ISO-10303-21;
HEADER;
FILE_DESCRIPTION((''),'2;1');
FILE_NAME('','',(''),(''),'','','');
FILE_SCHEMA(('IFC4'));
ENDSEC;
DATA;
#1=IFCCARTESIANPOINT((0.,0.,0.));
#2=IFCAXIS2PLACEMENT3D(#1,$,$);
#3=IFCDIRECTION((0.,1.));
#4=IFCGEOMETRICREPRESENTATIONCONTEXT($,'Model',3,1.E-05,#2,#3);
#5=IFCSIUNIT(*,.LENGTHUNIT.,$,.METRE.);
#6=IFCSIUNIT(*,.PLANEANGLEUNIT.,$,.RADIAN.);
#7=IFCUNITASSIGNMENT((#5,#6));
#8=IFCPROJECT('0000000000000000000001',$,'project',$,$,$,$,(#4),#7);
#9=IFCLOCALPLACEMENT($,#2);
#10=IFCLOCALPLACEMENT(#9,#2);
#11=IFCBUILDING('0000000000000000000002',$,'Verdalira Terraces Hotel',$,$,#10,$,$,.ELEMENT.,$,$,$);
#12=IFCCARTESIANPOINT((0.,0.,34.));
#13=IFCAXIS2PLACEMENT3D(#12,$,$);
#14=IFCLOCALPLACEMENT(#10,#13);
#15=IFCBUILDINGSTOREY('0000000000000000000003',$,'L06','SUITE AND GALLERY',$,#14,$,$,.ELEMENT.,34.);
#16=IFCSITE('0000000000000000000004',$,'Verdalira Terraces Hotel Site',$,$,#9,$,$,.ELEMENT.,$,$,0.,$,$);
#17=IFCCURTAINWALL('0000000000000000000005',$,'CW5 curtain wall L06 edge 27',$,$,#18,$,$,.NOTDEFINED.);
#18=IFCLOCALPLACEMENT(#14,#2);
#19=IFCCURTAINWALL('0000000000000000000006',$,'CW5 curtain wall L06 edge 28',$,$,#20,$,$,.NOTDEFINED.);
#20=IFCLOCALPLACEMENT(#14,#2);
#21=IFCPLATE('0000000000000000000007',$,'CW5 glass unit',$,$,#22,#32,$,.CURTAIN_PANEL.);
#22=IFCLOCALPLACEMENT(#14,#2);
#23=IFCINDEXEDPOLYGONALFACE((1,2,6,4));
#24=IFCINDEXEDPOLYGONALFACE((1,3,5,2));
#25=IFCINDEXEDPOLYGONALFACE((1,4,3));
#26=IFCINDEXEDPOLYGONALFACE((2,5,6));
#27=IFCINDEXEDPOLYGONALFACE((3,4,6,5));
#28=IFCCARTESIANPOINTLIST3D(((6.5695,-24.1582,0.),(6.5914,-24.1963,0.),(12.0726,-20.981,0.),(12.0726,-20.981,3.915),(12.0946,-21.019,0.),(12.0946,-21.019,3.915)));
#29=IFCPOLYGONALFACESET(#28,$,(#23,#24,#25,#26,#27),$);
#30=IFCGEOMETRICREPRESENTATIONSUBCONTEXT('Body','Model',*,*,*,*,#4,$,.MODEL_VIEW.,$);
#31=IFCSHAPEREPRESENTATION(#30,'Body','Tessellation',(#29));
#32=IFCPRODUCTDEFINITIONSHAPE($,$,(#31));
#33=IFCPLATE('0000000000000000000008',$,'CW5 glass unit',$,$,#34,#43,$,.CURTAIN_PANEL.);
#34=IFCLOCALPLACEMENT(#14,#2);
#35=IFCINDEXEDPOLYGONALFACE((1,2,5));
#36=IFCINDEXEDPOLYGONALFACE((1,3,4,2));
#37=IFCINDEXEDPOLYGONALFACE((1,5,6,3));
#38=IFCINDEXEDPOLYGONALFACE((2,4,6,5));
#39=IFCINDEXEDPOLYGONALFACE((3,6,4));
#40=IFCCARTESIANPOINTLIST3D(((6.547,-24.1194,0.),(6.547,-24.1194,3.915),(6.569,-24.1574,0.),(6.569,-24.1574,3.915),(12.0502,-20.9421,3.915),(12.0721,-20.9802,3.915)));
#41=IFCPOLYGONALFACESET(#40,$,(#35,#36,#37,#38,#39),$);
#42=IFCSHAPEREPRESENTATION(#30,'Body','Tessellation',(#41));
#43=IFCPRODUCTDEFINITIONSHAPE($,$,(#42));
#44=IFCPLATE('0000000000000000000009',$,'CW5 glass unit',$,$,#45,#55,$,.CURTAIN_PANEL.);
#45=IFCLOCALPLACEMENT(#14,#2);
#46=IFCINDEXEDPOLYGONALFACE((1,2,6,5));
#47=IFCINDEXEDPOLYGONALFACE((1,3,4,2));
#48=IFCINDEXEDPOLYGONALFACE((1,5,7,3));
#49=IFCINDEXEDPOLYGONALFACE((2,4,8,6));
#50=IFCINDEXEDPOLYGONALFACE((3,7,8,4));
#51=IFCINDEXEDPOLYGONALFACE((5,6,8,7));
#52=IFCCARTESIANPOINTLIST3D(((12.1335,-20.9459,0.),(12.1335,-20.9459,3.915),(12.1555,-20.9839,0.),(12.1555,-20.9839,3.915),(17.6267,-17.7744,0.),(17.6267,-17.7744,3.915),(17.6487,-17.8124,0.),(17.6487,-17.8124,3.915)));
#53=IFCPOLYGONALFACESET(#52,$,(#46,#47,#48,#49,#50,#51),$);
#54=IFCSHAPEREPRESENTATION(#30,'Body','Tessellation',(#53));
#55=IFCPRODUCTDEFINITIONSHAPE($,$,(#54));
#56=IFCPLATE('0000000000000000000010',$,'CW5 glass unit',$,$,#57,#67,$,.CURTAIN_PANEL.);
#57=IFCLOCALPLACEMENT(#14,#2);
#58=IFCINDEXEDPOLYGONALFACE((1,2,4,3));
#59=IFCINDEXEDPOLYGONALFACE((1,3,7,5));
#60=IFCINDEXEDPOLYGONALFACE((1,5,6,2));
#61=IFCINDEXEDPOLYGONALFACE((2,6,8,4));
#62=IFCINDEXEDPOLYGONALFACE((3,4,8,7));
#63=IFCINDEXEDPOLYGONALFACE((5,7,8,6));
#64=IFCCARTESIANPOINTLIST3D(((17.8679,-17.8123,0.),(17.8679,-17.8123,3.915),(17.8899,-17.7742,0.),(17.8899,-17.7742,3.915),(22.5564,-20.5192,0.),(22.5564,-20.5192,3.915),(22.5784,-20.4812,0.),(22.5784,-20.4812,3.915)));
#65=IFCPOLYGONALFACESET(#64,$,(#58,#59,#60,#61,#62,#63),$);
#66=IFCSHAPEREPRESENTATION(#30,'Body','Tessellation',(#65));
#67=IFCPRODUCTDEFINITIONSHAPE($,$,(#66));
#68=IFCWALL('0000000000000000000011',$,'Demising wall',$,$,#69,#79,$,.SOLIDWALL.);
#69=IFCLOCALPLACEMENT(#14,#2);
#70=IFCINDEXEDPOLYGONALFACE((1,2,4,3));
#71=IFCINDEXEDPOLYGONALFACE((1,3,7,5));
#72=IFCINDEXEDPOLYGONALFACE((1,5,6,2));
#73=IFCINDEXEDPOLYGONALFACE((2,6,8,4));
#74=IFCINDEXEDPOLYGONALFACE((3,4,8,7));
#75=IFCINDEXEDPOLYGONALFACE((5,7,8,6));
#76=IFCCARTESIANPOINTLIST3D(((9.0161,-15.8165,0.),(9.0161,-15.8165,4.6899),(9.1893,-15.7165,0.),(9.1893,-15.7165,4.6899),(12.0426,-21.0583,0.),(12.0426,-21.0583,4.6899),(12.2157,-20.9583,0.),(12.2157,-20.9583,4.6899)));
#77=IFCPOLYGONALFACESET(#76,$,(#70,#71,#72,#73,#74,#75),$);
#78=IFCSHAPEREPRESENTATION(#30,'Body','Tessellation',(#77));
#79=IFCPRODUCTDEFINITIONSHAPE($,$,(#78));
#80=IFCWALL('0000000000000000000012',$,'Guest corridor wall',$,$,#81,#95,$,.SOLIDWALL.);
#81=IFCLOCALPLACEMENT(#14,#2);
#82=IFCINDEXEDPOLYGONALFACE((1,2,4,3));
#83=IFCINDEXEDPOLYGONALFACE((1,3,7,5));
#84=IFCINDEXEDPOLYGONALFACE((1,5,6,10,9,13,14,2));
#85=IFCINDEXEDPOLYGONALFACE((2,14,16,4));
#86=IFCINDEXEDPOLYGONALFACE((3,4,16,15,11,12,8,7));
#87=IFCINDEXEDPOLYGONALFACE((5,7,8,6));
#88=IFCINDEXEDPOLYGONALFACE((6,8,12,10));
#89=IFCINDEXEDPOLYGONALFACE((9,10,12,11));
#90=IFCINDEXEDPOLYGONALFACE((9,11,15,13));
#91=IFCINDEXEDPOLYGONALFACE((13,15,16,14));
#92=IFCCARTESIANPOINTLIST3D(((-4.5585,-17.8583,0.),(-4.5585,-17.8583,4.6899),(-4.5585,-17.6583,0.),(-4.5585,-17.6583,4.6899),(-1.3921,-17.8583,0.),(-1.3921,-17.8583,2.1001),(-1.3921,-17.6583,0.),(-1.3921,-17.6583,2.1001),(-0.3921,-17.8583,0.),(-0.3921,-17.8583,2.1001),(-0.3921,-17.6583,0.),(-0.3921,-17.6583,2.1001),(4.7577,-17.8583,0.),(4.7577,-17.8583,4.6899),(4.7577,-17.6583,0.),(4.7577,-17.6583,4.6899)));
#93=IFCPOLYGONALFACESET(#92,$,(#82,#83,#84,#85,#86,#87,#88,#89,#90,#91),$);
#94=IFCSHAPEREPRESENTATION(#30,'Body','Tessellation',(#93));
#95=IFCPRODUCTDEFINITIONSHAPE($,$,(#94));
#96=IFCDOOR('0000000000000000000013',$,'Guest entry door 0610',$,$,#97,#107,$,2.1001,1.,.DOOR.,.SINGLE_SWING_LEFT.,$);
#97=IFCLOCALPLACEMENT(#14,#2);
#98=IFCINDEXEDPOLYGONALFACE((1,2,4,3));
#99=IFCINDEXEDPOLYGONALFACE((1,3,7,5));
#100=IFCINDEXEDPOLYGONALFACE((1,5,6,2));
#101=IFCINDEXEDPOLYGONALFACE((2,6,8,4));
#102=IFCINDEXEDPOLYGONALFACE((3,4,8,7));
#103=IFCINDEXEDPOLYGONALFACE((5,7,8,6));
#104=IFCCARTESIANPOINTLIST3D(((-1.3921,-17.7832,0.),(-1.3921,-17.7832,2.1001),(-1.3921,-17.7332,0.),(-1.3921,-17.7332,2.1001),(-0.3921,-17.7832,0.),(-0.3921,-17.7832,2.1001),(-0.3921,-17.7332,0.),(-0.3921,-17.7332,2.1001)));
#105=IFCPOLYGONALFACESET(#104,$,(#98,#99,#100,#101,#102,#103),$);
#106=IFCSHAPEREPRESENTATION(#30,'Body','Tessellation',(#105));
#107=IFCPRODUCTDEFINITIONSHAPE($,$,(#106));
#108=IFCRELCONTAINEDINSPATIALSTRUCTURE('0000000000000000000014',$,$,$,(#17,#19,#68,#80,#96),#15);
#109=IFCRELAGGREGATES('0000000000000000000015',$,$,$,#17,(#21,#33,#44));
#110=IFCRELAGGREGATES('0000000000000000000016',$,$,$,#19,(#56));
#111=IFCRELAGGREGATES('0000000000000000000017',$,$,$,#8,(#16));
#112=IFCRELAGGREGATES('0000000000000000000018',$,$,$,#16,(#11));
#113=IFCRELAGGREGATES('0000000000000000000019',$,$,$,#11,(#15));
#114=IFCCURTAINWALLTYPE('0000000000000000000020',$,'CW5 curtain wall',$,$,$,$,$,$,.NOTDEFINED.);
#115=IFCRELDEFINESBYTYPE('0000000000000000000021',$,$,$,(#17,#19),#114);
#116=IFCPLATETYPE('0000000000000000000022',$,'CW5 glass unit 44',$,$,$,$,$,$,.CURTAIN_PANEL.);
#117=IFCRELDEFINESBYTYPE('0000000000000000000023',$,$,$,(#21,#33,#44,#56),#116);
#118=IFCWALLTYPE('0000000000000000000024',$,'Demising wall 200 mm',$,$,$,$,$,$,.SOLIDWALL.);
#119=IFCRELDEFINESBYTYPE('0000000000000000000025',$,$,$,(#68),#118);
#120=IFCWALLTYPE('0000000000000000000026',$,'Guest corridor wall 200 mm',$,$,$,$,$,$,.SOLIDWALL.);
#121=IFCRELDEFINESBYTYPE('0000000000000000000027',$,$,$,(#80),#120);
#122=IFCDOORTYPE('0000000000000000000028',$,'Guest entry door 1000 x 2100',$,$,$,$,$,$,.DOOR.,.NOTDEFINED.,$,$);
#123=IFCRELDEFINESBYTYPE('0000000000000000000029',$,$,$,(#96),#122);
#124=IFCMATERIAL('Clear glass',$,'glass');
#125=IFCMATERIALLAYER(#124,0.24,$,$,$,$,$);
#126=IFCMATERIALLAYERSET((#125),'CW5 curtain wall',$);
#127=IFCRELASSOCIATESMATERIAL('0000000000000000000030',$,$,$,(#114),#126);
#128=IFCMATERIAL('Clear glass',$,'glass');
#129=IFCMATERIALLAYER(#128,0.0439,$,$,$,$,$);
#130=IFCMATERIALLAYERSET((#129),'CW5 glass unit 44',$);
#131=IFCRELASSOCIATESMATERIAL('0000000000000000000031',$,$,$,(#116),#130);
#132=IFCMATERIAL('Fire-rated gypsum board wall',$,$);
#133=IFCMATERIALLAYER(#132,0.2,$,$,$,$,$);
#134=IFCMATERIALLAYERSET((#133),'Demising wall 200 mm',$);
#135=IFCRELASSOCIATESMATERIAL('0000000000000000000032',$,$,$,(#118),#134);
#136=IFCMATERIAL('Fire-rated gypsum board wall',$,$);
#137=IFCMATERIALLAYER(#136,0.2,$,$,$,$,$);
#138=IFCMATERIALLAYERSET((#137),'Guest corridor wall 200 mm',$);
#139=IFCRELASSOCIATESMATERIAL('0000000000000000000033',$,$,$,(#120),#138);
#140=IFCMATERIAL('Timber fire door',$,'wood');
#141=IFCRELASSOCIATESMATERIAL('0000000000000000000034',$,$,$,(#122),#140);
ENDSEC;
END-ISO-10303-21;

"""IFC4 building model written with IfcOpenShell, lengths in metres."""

from ifc_helpers import new_model, si_unit, direction, frame, frame_2d, origin, origin_2d, place, context, subcontext, project, spatial, polyline, rectangle, outline, extrude, material, layer, layer_set, type_object, element, fill, aggregate, save


model = new_model("IFC4")

# Units and contexts
model_context = context("Model", 3, precision=1e-05, world=origin(), true_north=direction((0.0, 1.0)))
body_context = subcontext(model_context, "Body", "Model", "MODEL_VIEW")
ifc_project = project(units=[si_unit("LENGTHUNIT", "METRE"), si_unit("PLANEANGLEUNIT", "RADIAN")], contexts=[model_context])

# Site, building, storey
site_placement = place(None, origin())
site = spatial("IfcSite", under=ifc_project, at=site_placement, Name="Verdalira Terraces Hotel Site", CompositionType="ELEMENT", RefElevation=0.0)
building_placement = place(site_placement, origin())
building = spatial("IfcBuilding", under=site, at=building_placement, Name="Verdalira Terraces Hotel", CompositionType="ELEMENT")
storey_placement = place(building_placement, frame((0.0, 0.0, 34.0)))
storey = spatial("IfcBuildingStorey", under=building, at=storey_placement, Name="L06", Description="SUITE AND GALLERY", CompositionType="ELEMENT", Elevation=34.0)

# Shared definitions
ifc_material_1 = material(Name="Clear glass", Category="glass")
ifc_layer_1 = layer(ifc_material_1, 0.24)
ifc_layer_set_1 = layer_set([ifc_layer_1], Name="CW5 curtain wall")
curtain_wall_type = type_object("IfcCurtainWallType", Name="CW5 curtain wall", PredefinedType="NOTDEFINED", material=ifc_layer_set_1)

# Curtain walls
curtain_wall_1_placement = place(storey_placement, origin())
curtain_wall_1 = element("IfcCurtainWall", 1, at=curtain_wall_1_placement, inside=storey, type_object=curtain_wall_type, Name="CW5 curtain wall L06 edge 27", PredefinedType="NOTDEFINED")
curtain_wall_2_placement = place(storey_placement, origin())
curtain_wall_2 = element("IfcCurtainWall", 2, at=curtain_wall_2_placement, inside=storey, type_object=curtain_wall_type, Name="CW5 curtain wall L06 edge 28", PredefinedType="NOTDEFINED")

# Plates
ifc_material_2 = material(Name="Clear glass", Category="glass")
ifc_layer_2 = layer(ifc_material_2, 0.0439)
ifc_layer_set_2 = layer_set([ifc_layer_2], Name="CW5 glass unit 44")
plate_type = type_object("IfcPlateType", Name="CW5 glass unit 44", PredefinedType="CURTAIN_PANEL", material=ifc_layer_set_2)
plate_1_placement = place(storey_placement, frame((9.321, -22.5696, 1.9575), z_axis=(0.5, -0.866025, 0.0), x_axis=(0.866025, 0.5, 0.0)))
plate_1 = element("IfcPlate", 3, at=plate_1_placement, type_object=plate_type, Name="CW5 glass unit", PredefinedType="CURTAIN_PANEL", context=body_context, shape_type="SweptSolid", body=[
    extrude(outline(polyline([(-3.1772, -1.9575), (3.1772, -1.9575), (3.1772, 1.9575), (-3.1772, -1.9575)])), origin(), (0.0, 0.0, 1.0), 0.0439),
])
plate_2_placement = place(storey_placement, frame((9.2986, -22.5308, 1.9575), z_axis=(0.5, -0.866025, 0.0), x_axis=(0.866025, 0.5, 0.0)))
plate_2 = element("IfcPlate", 4, at=plate_2_placement, type_object=plate_type, Name="CW5 glass unit", PredefinedType="CURTAIN_PANEL", context=body_context, shape_type="SweptSolid", body=[
    extrude(outline(polyline([(-3.1772, -1.9575), (3.1772, 1.9575), (-3.1772, 1.9575), (-3.1772, -1.9575)])), origin(), (0.0, 0.0, 1.0), 0.0439),
])
plate_3_placement = place(storey_placement, frame((14.8911, -19.3791, 0.0), z_axis=(0.0, 0.0, 1.0), x_axis=(0.866025, 0.5, 0.0)))
plate_3 = element("IfcPlate", 5, at=plate_3_placement, type_object=plate_type, Name="CW5 glass unit", PredefinedType="CURTAIN_PANEL", context=body_context, shape_type="SweptSolid", body=[
    extrude(rectangle(XDim=6.343, YDim=0.0439, at=origin_2d()), origin(), (0.0, 0.0, 1.0), 3.915),
])
aggregate(curtain_wall_1, [plate_1, plate_2, plate_3])
plate_4_placement = place(storey_placement, frame((20.2231, -19.1467, 0.0), z_axis=(0.0, 0.0, 1.0), x_axis=(0.866025, -0.5, 0.0)))
plate_4 = element("IfcPlate", 6, at=plate_4_placement, type_object=plate_type, Name="CW5 glass unit", PredefinedType="CURTAIN_PANEL", context=body_context, shape_type="SweptSolid", body=[
    extrude(rectangle(XDim=5.4138, YDim=0.0439, at=origin_2d()), origin(), (0.0, 0.0, 1.0), 3.915),
])
aggregate(curtain_wall_2, [plate_4])

# Wall
ifc_material_3 = material(Name="Fire-rated gypsum board wall")
ifc_layer_3 = layer(ifc_material_3, 0.2)
ifc_layer_set_3 = layer_set([ifc_layer_3], Name="Demising wall 200 mm")
wall_type_1 = type_object("IfcWallType", Name="Demising wall 200 mm", PredefinedType="SOLIDWALL", material=ifc_layer_set_3)
wall_1_placement = place(storey_placement, frame((12.1291, -21.0083, 0.0), z_axis=(0.0, 0.0, 1.0), x_axis=(-0.500009, 0.86602, 0.0)))
element("IfcWall", 7, at=wall_1_placement, inside=storey, type_object=wall_type_1, Name="Demising wall", PredefinedType="SOLIDWALL", context=body_context, shape_type="SweptSolid", body=[
    extrude(rectangle(XDim=6.0527, YDim=0.2, at=frame_2d((3.0264, 0.0))), origin(), (0.0, 0.0, 1.0), 4.6899),
])

# Wall, opening, door
ifc_material_4 = material(Name="Fire-rated gypsum board wall")
ifc_layer_4 = layer(ifc_material_4, 0.2)
ifc_layer_set_4 = layer_set([ifc_layer_4], Name="Guest corridor wall 200 mm")
wall_type_2 = type_object("IfcWallType", Name="Guest corridor wall 200 mm", PredefinedType="SOLIDWALL", material=ifc_layer_set_4)
wall_2_placement = place(storey_placement, frame((4.7578, -17.7583, 0.0), z_axis=(0.0, 0.0, 1.0), x_axis=(-1.0, 0.0, 0.0)))
wall_2 = element("IfcWall", 8, at=wall_2_placement, inside=storey, type_object=wall_type_2, Name="Guest corridor wall", PredefinedType="SOLIDWALL", context=body_context, shape_type="SweptSolid", body=[
    extrude(rectangle(XDim=9.3162, YDim=0.2, at=frame_2d((4.6582, 0.0))), origin(), (0.0, 0.0, 1.0), 4.6899),
])
opening_placement = place(wall_2_placement, frame((5.1499, 0.0, 0.0)))
opening = element("IfcOpeningElement", 9, at=opening_placement, cuts=wall_2, PredefinedType="OPENING", context=body_context, shape_type="SweptSolid", body=[
    extrude(rectangle(XDim=1.0, YDim=2.1001, at=frame_2d((0.5, 1.05))), frame((0.0, 0.1099, 0.0), z_axis=(0.0, -1.0, 0.0), x_axis=(1.0, 0.0, 0.0)), (0.0, 0.0, 1.0), 0.22),
])
ifc_material_5 = material(Name="Timber fire door", Category="wood")
door_type = type_object("IfcDoorType", Name="Guest entry door 1000 x 2100", OperationType="NOTDEFINED", PredefinedType="DOOR", material=ifc_material_5)
door_placement = place(opening_placement, origin())
door = element("IfcDoor", 10, at=door_placement, inside=storey, type_object=door_type, Name="Guest entry door 0610", OperationType="SINGLE_SWING_LEFT", OverallHeight=2.1001, OverallWidth=1.0, PredefinedType="DOOR", context=body_context, shape_type="SweptSolid", body=[
    extrude(rectangle(XDim=1.0, YDim=2.1001, at=frame_2d((0.5, 1.05))), frame((0.0, 0.0249, 0.0), z_axis=(0.0, -1.0, 0.0), x_axis=(1.0, 0.0, 0.0)), (0.0, 0.0, 1.0), 0.05),
])
fill(opening, door)

save(model, "model.ifc")
